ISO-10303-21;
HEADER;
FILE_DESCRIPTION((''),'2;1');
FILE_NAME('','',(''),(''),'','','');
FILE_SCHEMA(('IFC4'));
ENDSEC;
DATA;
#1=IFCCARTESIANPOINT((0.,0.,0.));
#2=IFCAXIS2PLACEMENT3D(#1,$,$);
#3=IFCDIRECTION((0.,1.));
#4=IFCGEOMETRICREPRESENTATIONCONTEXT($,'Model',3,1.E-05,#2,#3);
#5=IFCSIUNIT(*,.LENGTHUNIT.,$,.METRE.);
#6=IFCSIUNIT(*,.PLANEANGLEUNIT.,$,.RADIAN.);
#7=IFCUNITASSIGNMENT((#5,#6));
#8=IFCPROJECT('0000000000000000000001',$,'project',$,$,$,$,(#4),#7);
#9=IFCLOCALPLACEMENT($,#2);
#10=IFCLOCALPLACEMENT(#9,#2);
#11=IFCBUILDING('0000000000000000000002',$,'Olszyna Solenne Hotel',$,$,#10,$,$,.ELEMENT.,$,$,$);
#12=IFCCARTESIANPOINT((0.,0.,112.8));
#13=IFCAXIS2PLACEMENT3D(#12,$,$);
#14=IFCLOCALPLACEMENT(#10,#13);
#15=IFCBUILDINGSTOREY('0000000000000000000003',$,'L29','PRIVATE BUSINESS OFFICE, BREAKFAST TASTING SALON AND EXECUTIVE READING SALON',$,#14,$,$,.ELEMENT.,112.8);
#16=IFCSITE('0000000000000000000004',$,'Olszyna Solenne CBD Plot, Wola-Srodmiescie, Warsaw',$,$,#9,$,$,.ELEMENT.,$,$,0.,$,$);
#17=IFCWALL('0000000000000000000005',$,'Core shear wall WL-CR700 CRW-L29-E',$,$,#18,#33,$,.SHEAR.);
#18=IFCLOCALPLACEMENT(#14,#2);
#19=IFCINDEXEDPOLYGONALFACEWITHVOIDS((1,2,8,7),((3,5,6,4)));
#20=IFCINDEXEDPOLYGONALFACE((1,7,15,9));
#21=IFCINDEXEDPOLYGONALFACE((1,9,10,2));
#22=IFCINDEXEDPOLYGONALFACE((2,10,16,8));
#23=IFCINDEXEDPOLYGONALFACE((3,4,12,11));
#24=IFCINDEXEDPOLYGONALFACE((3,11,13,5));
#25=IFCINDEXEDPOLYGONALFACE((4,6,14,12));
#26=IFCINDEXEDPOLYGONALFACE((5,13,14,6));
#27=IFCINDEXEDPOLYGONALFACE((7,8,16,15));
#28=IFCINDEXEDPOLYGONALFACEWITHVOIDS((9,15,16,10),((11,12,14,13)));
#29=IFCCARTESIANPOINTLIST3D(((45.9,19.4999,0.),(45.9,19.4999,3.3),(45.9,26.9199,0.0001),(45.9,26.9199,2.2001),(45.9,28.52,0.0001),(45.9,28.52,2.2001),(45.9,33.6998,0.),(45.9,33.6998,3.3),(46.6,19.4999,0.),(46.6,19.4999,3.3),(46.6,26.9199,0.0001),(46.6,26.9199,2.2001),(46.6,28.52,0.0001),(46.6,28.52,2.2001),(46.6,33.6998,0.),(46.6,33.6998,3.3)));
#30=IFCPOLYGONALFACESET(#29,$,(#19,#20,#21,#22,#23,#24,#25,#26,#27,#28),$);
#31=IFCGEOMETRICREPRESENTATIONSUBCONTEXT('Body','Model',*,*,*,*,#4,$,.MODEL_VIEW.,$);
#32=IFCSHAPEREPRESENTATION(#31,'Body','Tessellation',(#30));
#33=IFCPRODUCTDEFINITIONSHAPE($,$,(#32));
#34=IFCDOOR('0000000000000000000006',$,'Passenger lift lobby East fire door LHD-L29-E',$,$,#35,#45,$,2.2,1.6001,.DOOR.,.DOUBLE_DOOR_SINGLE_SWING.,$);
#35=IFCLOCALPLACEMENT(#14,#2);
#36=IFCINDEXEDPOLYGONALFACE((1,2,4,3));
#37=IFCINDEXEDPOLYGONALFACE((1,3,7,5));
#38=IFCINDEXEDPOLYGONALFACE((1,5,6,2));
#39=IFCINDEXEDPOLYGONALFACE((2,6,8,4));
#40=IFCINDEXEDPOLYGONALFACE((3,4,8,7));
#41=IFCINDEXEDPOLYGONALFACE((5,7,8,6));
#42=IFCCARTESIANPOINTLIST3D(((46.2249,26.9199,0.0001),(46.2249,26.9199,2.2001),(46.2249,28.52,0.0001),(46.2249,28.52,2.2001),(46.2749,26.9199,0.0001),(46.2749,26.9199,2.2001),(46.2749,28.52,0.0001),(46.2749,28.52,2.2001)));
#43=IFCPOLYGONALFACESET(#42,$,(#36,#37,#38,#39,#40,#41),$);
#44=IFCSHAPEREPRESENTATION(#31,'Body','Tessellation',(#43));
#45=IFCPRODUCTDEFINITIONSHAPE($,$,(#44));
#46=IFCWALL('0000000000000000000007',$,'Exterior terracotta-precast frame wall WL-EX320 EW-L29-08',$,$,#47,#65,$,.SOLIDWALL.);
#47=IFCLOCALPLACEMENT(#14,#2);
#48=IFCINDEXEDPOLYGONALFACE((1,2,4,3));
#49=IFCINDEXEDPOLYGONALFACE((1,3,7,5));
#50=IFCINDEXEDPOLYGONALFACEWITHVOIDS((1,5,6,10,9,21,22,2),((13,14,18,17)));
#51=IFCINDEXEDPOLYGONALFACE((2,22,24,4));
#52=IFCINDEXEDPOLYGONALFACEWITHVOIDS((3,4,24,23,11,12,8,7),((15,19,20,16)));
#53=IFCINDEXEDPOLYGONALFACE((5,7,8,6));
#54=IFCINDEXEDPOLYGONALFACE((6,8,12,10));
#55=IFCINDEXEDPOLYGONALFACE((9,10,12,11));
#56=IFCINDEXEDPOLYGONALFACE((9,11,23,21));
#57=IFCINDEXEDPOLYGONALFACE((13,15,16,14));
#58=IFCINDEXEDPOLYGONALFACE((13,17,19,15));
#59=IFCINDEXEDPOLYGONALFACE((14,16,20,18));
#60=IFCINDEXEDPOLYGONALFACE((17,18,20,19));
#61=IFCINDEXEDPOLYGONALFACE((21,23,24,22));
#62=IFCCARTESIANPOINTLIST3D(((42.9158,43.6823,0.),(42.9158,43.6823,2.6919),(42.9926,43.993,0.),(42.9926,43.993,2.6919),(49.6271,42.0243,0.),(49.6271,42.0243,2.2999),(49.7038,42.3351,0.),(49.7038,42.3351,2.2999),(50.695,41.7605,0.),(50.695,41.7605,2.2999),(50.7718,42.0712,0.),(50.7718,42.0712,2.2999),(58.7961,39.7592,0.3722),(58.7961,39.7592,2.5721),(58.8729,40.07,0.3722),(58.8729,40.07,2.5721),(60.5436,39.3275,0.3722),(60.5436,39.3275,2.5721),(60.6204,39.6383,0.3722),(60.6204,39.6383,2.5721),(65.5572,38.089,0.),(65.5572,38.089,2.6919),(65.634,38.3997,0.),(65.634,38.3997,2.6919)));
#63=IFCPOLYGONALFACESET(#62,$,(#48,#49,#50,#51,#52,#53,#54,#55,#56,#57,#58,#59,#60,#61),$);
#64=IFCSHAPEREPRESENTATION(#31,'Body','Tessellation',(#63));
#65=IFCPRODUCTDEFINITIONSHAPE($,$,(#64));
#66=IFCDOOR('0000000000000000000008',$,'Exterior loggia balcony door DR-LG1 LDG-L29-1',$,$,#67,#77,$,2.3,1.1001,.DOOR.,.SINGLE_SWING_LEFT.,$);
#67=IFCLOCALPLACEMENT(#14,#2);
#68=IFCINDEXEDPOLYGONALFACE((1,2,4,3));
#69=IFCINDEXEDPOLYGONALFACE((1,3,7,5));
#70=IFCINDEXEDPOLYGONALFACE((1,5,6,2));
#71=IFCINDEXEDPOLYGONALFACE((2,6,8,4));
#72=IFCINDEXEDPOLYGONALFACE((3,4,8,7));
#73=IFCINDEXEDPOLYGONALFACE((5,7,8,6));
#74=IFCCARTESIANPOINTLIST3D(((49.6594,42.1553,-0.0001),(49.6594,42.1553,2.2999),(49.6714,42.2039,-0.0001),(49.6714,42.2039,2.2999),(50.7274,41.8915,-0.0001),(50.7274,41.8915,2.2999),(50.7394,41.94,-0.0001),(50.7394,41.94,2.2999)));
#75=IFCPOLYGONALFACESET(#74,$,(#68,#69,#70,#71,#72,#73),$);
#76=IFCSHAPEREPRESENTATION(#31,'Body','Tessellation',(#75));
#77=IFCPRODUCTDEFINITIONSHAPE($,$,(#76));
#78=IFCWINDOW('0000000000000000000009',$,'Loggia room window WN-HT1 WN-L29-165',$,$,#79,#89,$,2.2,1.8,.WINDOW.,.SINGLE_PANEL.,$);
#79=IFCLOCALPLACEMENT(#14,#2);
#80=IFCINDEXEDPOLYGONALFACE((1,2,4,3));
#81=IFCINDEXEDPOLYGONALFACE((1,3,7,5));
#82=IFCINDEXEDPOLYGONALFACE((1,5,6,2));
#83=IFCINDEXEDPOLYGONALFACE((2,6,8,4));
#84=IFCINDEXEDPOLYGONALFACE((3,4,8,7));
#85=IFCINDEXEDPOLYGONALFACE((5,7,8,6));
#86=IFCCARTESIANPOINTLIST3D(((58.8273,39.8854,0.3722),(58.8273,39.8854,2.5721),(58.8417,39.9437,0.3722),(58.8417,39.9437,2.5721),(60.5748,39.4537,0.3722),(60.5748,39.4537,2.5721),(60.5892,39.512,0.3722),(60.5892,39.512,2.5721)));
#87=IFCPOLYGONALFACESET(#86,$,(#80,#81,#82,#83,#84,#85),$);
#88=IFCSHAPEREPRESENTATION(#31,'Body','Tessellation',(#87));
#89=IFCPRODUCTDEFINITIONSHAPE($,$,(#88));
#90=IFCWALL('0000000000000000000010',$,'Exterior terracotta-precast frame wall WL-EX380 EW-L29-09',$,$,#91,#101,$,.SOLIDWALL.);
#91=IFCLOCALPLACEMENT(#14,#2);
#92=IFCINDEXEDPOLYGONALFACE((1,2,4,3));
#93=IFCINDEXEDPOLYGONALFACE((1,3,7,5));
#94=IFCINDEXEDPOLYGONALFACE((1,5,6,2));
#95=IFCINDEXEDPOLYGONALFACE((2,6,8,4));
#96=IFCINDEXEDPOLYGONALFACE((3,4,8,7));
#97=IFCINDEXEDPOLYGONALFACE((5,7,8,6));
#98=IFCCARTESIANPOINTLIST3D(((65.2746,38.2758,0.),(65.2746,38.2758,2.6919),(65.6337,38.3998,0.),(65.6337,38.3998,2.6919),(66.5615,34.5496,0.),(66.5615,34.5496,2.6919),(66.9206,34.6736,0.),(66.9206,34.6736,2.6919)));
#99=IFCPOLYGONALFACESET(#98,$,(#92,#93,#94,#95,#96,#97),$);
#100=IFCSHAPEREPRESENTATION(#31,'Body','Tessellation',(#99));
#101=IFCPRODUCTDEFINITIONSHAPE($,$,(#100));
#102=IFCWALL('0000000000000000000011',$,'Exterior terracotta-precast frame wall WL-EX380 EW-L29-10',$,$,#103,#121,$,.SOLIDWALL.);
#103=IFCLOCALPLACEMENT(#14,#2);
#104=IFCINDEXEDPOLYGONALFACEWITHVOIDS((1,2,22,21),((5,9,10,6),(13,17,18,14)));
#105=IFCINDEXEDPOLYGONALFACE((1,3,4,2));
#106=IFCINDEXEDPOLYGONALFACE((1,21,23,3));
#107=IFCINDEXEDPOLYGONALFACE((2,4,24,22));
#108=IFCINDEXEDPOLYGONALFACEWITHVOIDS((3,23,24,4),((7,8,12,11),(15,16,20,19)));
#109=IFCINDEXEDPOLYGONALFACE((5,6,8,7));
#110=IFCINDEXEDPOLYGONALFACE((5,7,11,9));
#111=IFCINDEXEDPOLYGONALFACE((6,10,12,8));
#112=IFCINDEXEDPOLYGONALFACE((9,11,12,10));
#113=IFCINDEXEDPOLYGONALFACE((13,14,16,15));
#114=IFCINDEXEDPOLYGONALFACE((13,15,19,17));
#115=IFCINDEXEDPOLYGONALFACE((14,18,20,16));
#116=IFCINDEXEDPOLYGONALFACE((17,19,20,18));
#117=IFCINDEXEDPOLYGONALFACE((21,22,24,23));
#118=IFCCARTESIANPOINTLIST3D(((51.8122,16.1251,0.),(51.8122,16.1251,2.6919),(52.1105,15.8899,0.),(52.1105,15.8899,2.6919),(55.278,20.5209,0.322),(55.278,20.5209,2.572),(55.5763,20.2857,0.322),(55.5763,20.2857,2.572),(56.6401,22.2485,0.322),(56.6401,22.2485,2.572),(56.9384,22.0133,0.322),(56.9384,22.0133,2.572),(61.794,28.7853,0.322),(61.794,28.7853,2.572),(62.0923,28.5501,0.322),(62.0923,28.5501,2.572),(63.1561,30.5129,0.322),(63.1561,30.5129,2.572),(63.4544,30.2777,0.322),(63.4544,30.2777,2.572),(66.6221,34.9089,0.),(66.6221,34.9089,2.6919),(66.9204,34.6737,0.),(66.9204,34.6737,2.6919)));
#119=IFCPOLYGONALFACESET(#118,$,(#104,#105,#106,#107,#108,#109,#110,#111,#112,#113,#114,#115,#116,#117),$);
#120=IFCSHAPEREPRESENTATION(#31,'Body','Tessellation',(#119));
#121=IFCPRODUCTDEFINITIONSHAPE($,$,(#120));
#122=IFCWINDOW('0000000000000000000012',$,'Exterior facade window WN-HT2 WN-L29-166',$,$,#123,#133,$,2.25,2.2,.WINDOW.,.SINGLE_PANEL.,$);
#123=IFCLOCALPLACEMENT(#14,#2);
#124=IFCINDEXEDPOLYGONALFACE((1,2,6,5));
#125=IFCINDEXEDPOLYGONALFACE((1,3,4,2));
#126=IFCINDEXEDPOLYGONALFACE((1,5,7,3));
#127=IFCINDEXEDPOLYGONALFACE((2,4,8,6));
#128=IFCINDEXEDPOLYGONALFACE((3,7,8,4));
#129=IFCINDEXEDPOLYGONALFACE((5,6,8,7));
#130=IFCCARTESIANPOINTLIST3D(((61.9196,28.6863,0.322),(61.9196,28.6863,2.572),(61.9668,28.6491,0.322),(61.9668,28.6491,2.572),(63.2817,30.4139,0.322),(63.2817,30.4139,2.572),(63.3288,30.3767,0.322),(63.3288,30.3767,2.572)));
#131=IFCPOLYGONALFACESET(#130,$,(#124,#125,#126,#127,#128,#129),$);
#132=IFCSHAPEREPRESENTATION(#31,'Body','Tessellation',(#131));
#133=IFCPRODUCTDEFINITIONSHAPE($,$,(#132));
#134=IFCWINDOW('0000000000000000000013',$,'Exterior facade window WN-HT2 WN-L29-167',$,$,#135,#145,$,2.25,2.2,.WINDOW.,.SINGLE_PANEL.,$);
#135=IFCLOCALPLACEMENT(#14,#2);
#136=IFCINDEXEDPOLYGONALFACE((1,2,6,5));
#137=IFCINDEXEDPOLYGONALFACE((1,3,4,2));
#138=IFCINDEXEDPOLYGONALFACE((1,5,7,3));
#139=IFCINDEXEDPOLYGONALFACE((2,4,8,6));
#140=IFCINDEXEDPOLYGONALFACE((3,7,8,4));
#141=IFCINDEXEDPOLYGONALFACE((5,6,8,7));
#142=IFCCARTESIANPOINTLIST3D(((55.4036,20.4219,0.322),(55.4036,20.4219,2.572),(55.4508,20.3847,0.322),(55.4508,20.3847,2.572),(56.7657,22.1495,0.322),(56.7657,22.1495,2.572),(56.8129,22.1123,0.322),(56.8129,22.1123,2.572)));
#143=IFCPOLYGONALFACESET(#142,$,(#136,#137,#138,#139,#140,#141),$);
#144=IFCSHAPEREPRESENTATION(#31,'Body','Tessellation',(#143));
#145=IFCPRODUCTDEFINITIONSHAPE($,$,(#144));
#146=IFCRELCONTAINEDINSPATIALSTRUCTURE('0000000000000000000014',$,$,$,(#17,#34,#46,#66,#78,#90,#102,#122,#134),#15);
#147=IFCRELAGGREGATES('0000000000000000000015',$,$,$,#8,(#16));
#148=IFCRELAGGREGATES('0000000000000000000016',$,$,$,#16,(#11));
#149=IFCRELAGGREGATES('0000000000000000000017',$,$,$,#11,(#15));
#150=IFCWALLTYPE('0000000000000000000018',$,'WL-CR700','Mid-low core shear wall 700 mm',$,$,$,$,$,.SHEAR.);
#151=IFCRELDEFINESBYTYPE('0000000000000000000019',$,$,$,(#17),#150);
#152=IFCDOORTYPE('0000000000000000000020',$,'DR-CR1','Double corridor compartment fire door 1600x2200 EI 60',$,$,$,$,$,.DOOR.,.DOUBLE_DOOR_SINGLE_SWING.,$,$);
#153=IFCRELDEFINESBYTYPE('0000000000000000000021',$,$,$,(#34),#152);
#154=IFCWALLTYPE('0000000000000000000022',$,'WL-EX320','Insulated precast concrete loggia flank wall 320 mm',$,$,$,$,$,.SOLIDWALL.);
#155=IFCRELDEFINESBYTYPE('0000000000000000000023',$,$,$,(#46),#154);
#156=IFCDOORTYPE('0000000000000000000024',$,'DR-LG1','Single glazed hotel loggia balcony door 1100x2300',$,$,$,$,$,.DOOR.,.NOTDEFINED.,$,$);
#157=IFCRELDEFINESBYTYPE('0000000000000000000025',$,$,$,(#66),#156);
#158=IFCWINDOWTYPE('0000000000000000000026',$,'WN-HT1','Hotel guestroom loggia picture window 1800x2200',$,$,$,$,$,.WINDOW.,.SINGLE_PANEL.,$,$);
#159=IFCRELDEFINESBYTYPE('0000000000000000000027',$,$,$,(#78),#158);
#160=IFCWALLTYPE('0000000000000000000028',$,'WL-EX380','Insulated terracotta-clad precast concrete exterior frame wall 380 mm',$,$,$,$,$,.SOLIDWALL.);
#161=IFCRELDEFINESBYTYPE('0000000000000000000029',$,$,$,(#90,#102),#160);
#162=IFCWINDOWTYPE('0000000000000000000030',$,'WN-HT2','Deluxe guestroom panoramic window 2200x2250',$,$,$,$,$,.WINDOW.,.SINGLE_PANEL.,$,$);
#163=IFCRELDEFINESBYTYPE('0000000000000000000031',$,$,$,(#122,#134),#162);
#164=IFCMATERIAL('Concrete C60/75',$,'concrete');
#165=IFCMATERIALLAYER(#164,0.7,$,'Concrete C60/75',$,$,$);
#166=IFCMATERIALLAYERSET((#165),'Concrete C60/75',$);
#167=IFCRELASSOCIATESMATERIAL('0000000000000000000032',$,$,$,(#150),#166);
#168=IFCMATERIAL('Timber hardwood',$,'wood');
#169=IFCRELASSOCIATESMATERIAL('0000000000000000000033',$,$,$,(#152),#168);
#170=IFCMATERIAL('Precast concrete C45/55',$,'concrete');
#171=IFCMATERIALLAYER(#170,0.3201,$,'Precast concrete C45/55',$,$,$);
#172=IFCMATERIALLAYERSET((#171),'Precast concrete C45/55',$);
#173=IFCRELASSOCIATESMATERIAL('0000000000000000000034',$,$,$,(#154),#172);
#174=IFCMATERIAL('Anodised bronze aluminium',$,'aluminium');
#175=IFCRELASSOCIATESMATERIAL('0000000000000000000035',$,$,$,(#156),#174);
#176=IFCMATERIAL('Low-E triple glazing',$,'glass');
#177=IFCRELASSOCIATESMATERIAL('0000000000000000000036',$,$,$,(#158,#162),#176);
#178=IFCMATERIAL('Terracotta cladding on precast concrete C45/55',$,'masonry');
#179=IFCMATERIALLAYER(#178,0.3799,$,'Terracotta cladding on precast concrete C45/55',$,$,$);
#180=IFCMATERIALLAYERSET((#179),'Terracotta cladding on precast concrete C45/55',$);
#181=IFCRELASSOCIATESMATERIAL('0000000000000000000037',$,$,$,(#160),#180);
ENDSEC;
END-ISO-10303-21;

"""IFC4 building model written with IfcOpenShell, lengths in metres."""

from ifc_helpers import new_model, si_unit, direction, frame, frame_2d, origin, place, context, subcontext, project, spatial, rectangle, extrude, source, transform, mapped, material, layer, layer_set, type_object, type_shapes, element, fill, save


model = new_model("IFC4")

# Units and contexts
model_context = context("Model", 3, precision=1e-05, world=origin(), true_north=direction((0.0, 1.0)))
body_context = subcontext(model_context, "Body", "Model", "MODEL_VIEW")
ifc_project = project(units=[si_unit("LENGTHUNIT", "METRE"), si_unit("PLANEANGLEUNIT", "RADIAN")], contexts=[model_context])

# Site, building, storey
site_placement = place(None, origin())
site = spatial("IfcSite", under=ifc_project, at=site_placement, Name="Olszyna Solenne CBD Plot, Wola-Srodmiescie, Warsaw", CompositionType="ELEMENT", RefElevation=0.0)
building_placement = place(site_placement, origin())
building = spatial("IfcBuilding", under=site, at=building_placement, Name="Olszyna Solenne Hotel", CompositionType="ELEMENT")
storey_placement = place(building_placement, frame((0.0, 0.0, 112.8)))
storey = spatial("IfcBuildingStorey", under=building, at=storey_placement, Name="L29", Description="PRIVATE BUSINESS OFFICE, BREAKFAST TASTING SALON AND EXECUTIVE READING SALON", CompositionType="ELEMENT", Elevation=112.8)

# Shared definitions
ifc_material_1 = material(Name="Anodised bronze aluminium", Category="aluminium")

# Wall, opening, door
ifc_material_2 = material(Name="Concrete C60/75", Category="concrete")
ifc_layer_1 = layer(ifc_material_2, 0.7, Name="Concrete C60/75")
ifc_layer_set_1 = layer_set([ifc_layer_1], Name="Concrete C60/75")
wall_type_1 = type_object("IfcWallType", Name="WL-CR700", Description="Mid-low core shear wall 700 mm", PredefinedType="SHEAR", material=ifc_layer_set_1)
wall_1_placement = place(storey_placement, frame((46.25, 33.7, 0.0), z_axis=(0.0, 0.0, 1.0), x_axis=(0.0, -1.0, 0.0)))
wall_1 = element("IfcWall", 1, at=wall_1_placement, inside=storey, type_object=wall_type_1, Name="Core shear wall WL-CR700 CRW-L29-E", PredefinedType="SHEAR", context=body_context, shape_type="SweptSolid", body=[
    extrude(rectangle(XDim=14.2, YDim=0.7, at=frame_2d((7.1001, 0.0))), origin(), (0.0, 0.0, 1.0), 3.3),
])
opening_1_placement = place(wall_1_placement, frame((5.1799, 0.0, 0.0)))
opening_1 = element("IfcOpeningElement", 2, at=opening_1_placement, cuts=wall_1, PredefinedType="OPENING", context=body_context, shape_type="SweptSolid", body=[
    extrude(rectangle(XDim=1.6001, YDim=2.2, at=frame_2d((0.8, 1.1001))), frame((0.0, 0.3599, 0.0), z_axis=(0.0, -1.0, 0.0), x_axis=(1.0, 0.0, 0.0)), (0.0, 0.0, 1.0), 0.72),
])
ifc_material_3 = material(Name="Timber hardwood", Category="wood")
door_type_1 = type_object("IfcDoorType", Name="DR-CR1", Description="Double corridor compartment fire door 1600x2200 EI 60", OperationType="DOUBLE_DOOR_SINGLE_SWING", PredefinedType="DOOR", material=ifc_material_3)
shared_shape_1 = source(origin(), body_context, "Body", "SweptSolid", [
    extrude(rectangle(XDim=1.6001, YDim=2.2, at=frame_2d((0.8, 1.1001))), frame((0.0, 0.0249, 0.0), z_axis=(0.0, -1.0, 0.0), x_axis=(1.0, 0.0, 0.0)), (0.0, 0.0, 1.0), 0.05),
])
type_shapes(door_type_1, [shared_shape_1])
door_1_placement = place(opening_1_placement, origin())
door_1 = element("IfcDoor", 3, at=door_1_placement, inside=storey, type_object=door_type_1, Name="Passenger lift lobby East fire door LHD-L29-E", OperationType="DOUBLE_DOOR_SINGLE_SWING", OverallHeight=2.2, OverallWidth=1.6001, PredefinedType="DOOR", context=body_context, shape_type="MappedRepresentation", body=[
    mapped(shared_shape_1, transform((0.0, 0.0, 0.0), x_axis=(1.0, 0.0, 0.0), y_axis=(0.0, 1.0, 0.0), z_axis=(0.0, 0.0, 1.0), scale=1.0)),
])
fill(opening_1, door_1)

# Wall, openings, door, window
ifc_material_4 = material(Name="Precast concrete C45/55", Category="concrete")
ifc_layer_2 = layer(ifc_material_4, 0.3201, Name="Precast concrete C45/55")
ifc_layer_set_2 = layer_set([ifc_layer_2], Name="Precast concrete C45/55")
wall_type_2 = type_object("IfcWallType", Name="WL-EX320", Description="Insulated precast concrete loggia flank wall 320 mm", PredefinedType="SOLIDWALL", material=ifc_layer_set_2)
wall_2_placement = place(storey_placement, frame((42.9541, 43.8376, 0.0), z_axis=(0.0, 0.0, 1.0), x_axis=(0.970815, -0.239828, 0.0)))
wall_2 = element("IfcWall", 4, at=wall_2_placement, inside=storey, type_object=wall_type_2, Name="Exterior terracotta-precast frame wall WL-EX320 EW-L29-08", PredefinedType="SOLIDWALL", context=body_context, shape_type="SweptSolid", body=[
    extrude(rectangle(XDim=23.322, YDim=0.3201, at=frame_2d((11.6611, 0.0))), origin(), (0.0, 0.0, 1.0), 2.6919),
])
opening_2_placement = place(wall_2_placement, frame((6.9131, 0.0, 0.0)))
opening_2 = element("IfcOpeningElement", 5, at=opening_2_placement, cuts=wall_2, PredefinedType="OPENING", context=body_context, shape_type="SweptSolid", body=[
    extrude(rectangle(XDim=1.1001, YDim=2.3, at=frame_2d((0.55, 1.1499))), frame((0.0, 0.1699, 0.0), z_axis=(0.0, -1.0, 0.0), x_axis=(1.0, 0.0, 0.0)), (0.0, 0.0, 1.0), 0.3401),
])
opening_3_placement = place(wall_2_placement, frame((16.3579, 0.0, 0.3721)))
opening_3 = element("IfcOpeningElement", 6, at=opening_3_placement, cuts=wall_2, PredefinedType="OPENING", context=body_context, shape_type="SweptSolid", body=[
    extrude(rectangle(XDim=1.8, YDim=2.2, at=frame_2d((0.8999, 1.1001))), frame((0.0, 0.1699, 0.0), z_axis=(0.0, -1.0, 0.0), x_axis=(1.0, 0.0, 0.0)), (0.0, 0.0, 1.0), 0.3401),
])
door_type_2 = type_object("IfcDoorType", Name="DR-LG1", Description="Single glazed hotel loggia balcony door 1100x2300", OperationType="NOTDEFINED", PredefinedType="DOOR", material=ifc_material_1)
shared_shape_2 = source(origin(), body_context, "Body", "SweptSolid", [
    extrude(rectangle(XDim=1.1001, YDim=2.3, at=frame_2d((0.55, 1.1499))), frame((0.0, 0.0249, 0.0), z_axis=(0.0, -1.0, 0.0), x_axis=(1.0, 0.0, 0.0)), (0.0, 0.0, 1.0), 0.05),
])
type_shapes(door_type_2, [shared_shape_2])
door_2_placement = place(opening_2_placement, origin())
door_2 = element("IfcDoor", 7, at=door_2_placement, inside=storey, type_object=door_type_2, Name="Exterior loggia balcony door DR-LG1 LDG-L29-1", OperationType="SINGLE_SWING_LEFT", OverallHeight=2.3, OverallWidth=1.1001, PredefinedType="DOOR", context=body_context, shape_type="MappedRepresentation", body=[
    mapped(shared_shape_2, transform((0.0, 0.0, 0.0), x_axis=(1.0, 0.0, 0.0), y_axis=(0.0, 1.0, 0.0), z_axis=(0.0, 0.0, 1.0), scale=1.0)),
])
fill(opening_2, door_2)
ifc_material_5 = material(Name="Low-E triple glazing", Category="glass")
window_type_1 = type_object("IfcWindowType", Name="WN-HT1", Description="Hotel guestroom loggia picture window 1800x2200", PartitioningType="SINGLE_PANEL", PredefinedType="WINDOW", material=ifc_material_5)
shared_shape_3 = source(origin(), body_context, "Body", "SweptSolid", [
    extrude(rectangle(XDim=1.8, YDim=2.2, at=frame_2d((0.8999, 1.1001))), frame((0.0, 0.03, 0.0), z_axis=(0.0, -1.0, 0.0), x_axis=(1.0, 0.0, 0.0)), (0.0, 0.0, 1.0), 0.0601),
])
type_shapes(window_type_1, [shared_shape_3])
window_1_placement = place(opening_3_placement, origin())
window_1 = element("IfcWindow", 8, at=window_1_placement, inside=storey, type_object=window_type_1, Name="Loggia room window WN-HT1 WN-L29-165", OverallHeight=2.2, OverallWidth=1.8, PartitioningType="SINGLE_PANEL", PredefinedType="WINDOW", context=body_context, shape_type="MappedRepresentation", body=[
    mapped(shared_shape_3, transform((0.0, 0.0, 0.0), x_axis=(1.0, 0.0, 0.0), y_axis=(0.0, 1.0, 0.0), z_axis=(0.0, 0.0, 1.0), scale=1.0)),
])
fill(opening_3, window_1)

# Wall
ifc_material_6 = material(Name="Terracotta cladding on precast concrete C45/55", Category="masonry")
ifc_layer_3 = layer(ifc_material_6, 0.3799, Name="Terracotta cladding on precast concrete C45/55")
ifc_layer_set_3 = layer_set([ifc_layer_3], Name="Terracotta cladding on precast concrete C45/55")
wall_type_3 = type_object("IfcWallType", Name="WL-EX380", Description="Insulated terracotta-clad precast concrete exterior frame wall 380 mm", PredefinedType="SOLIDWALL", material=ifc_layer_set_3)
wall_3_placement = place(storey_placement, frame((65.4541, 38.3379, 0.0), z_axis=(0.0, 0.0, 1.0), x_axis=(0.326447, -0.945216, 0.0)))
element("IfcWall", 9, at=wall_3_placement, inside=storey, type_object=wall_type_3, Name="Exterior terracotta-precast frame wall WL-EX380 EW-L29-09", PredefinedType="SOLIDWALL", context=body_context, shape_type="SweptSolid", body=[
    extrude(rectangle(XDim=3.9421, YDim=0.3799, at=frame_2d((1.9712, 0.0))), origin(), (0.0, 0.0, 1.0), 2.6919),
])

# Wall, openings, windows
wall_4_placement = place(storey_placement, frame((66.7712, 34.7913, 0.0), z_axis=(0.0, 0.0, 1.0), x_axis=(-0.619144, -0.785277, 0.0)))
wall_4 = element("IfcWall", 10, at=wall_4_placement, inside=storey, type_object=wall_type_3, Name="Exterior terracotta-precast frame wall WL-EX380 EW-L29-10", PredefinedType="SOLIDWALL", context=body_context, shape_type="SweptSolid", body=[
    extrude(rectangle(XDim=23.9199, YDim=0.3799, at=frame_2d((11.96, 0.0))), origin(), (0.0, 0.0, 1.0), 2.6919),
])
opening_4_placement = place(wall_4_placement, frame((5.5979, 0.0, 0.322)))
opening_4 = element("IfcOpeningElement", 11, at=opening_4_placement, cuts=wall_4, PredefinedType="OPENING", context=body_context, shape_type="SweptSolid", body=[
    extrude(rectangle(XDim=2.2, YDim=2.25, at=frame_2d((1.1001, 1.125))), frame((0.0, 0.2, 0.0), z_axis=(0.0, -1.0, 0.0), x_axis=(1.0, 0.0, 0.0)), (0.0, 0.0, 1.0), 0.3999),
])
opening_5_placement = place(wall_4_placement, frame((16.1221, 0.0, 0.322)))
opening_5 = element("IfcOpeningElement", 12, at=opening_5_placement, cuts=wall_4, PredefinedType="OPENING", context=body_context, shape_type="SweptSolid", body=[
    extrude(rectangle(XDim=2.2, YDim=2.25, at=frame_2d((1.1001, 1.125))), frame((0.0, 0.2, 0.0), z_axis=(0.0, -1.0, 0.0), x_axis=(1.0, 0.0, 0.0)), (0.0, 0.0, 1.0), 0.3999),
])
window_type_2 = type_object("IfcWindowType", Name="WN-HT2", Description="Deluxe guestroom panoramic window 2200x2250", PartitioningType="SINGLE_PANEL", PredefinedType="WINDOW", material=ifc_material_5)
shared_shape_4 = source(origin(), body_context, "Body", "SweptSolid", [
    extrude(rectangle(XDim=2.2, YDim=2.25, at=frame_2d((1.1001, 1.125))), frame((0.0, 0.03, 0.0), z_axis=(0.0, -1.0, 0.0), x_axis=(1.0, 0.0, 0.0)), (0.0, 0.0, 1.0), 0.0601),
])
type_shapes(window_type_2, [shared_shape_4])
window_2_placement = place(opening_4_placement, origin())
window_2 = element("IfcWindow", 13, at=window_2_placement, inside=storey, type_object=window_type_2, Name="Exterior facade window WN-HT2 WN-L29-166", OverallHeight=2.25, OverallWidth=2.2, PartitioningType="SINGLE_PANEL", PredefinedType="WINDOW", context=body_context, shape_type="MappedRepresentation", body=[
    mapped(shared_shape_4, transform((0.0, 0.0, 0.0), x_axis=(1.0, 0.0, 0.0), y_axis=(0.0, 1.0, 0.0), z_axis=(0.0, 0.0, 1.0), scale=1.0)),
])
fill(opening_4, window_2)
window_3_placement = place(opening_5_placement, origin())
window_3 = element("IfcWindow", 14, at=window_3_placement, inside=storey, type_object=window_type_2, Name="Exterior facade window WN-HT2 WN-L29-167", OverallHeight=2.25, OverallWidth=2.2, PartitioningType="SINGLE_PANEL", PredefinedType="WINDOW", context=body_context, shape_type="MappedRepresentation", body=[
    mapped(shared_shape_4, transform((0.0, 0.0, 0.0), x_axis=(1.0, 0.0, 0.0), y_axis=(0.0, 1.0, 0.0), z_axis=(0.0, 0.0, 1.0), scale=1.0)),
])
fill(opening_5, window_3)

save(model, "model.ifc")
